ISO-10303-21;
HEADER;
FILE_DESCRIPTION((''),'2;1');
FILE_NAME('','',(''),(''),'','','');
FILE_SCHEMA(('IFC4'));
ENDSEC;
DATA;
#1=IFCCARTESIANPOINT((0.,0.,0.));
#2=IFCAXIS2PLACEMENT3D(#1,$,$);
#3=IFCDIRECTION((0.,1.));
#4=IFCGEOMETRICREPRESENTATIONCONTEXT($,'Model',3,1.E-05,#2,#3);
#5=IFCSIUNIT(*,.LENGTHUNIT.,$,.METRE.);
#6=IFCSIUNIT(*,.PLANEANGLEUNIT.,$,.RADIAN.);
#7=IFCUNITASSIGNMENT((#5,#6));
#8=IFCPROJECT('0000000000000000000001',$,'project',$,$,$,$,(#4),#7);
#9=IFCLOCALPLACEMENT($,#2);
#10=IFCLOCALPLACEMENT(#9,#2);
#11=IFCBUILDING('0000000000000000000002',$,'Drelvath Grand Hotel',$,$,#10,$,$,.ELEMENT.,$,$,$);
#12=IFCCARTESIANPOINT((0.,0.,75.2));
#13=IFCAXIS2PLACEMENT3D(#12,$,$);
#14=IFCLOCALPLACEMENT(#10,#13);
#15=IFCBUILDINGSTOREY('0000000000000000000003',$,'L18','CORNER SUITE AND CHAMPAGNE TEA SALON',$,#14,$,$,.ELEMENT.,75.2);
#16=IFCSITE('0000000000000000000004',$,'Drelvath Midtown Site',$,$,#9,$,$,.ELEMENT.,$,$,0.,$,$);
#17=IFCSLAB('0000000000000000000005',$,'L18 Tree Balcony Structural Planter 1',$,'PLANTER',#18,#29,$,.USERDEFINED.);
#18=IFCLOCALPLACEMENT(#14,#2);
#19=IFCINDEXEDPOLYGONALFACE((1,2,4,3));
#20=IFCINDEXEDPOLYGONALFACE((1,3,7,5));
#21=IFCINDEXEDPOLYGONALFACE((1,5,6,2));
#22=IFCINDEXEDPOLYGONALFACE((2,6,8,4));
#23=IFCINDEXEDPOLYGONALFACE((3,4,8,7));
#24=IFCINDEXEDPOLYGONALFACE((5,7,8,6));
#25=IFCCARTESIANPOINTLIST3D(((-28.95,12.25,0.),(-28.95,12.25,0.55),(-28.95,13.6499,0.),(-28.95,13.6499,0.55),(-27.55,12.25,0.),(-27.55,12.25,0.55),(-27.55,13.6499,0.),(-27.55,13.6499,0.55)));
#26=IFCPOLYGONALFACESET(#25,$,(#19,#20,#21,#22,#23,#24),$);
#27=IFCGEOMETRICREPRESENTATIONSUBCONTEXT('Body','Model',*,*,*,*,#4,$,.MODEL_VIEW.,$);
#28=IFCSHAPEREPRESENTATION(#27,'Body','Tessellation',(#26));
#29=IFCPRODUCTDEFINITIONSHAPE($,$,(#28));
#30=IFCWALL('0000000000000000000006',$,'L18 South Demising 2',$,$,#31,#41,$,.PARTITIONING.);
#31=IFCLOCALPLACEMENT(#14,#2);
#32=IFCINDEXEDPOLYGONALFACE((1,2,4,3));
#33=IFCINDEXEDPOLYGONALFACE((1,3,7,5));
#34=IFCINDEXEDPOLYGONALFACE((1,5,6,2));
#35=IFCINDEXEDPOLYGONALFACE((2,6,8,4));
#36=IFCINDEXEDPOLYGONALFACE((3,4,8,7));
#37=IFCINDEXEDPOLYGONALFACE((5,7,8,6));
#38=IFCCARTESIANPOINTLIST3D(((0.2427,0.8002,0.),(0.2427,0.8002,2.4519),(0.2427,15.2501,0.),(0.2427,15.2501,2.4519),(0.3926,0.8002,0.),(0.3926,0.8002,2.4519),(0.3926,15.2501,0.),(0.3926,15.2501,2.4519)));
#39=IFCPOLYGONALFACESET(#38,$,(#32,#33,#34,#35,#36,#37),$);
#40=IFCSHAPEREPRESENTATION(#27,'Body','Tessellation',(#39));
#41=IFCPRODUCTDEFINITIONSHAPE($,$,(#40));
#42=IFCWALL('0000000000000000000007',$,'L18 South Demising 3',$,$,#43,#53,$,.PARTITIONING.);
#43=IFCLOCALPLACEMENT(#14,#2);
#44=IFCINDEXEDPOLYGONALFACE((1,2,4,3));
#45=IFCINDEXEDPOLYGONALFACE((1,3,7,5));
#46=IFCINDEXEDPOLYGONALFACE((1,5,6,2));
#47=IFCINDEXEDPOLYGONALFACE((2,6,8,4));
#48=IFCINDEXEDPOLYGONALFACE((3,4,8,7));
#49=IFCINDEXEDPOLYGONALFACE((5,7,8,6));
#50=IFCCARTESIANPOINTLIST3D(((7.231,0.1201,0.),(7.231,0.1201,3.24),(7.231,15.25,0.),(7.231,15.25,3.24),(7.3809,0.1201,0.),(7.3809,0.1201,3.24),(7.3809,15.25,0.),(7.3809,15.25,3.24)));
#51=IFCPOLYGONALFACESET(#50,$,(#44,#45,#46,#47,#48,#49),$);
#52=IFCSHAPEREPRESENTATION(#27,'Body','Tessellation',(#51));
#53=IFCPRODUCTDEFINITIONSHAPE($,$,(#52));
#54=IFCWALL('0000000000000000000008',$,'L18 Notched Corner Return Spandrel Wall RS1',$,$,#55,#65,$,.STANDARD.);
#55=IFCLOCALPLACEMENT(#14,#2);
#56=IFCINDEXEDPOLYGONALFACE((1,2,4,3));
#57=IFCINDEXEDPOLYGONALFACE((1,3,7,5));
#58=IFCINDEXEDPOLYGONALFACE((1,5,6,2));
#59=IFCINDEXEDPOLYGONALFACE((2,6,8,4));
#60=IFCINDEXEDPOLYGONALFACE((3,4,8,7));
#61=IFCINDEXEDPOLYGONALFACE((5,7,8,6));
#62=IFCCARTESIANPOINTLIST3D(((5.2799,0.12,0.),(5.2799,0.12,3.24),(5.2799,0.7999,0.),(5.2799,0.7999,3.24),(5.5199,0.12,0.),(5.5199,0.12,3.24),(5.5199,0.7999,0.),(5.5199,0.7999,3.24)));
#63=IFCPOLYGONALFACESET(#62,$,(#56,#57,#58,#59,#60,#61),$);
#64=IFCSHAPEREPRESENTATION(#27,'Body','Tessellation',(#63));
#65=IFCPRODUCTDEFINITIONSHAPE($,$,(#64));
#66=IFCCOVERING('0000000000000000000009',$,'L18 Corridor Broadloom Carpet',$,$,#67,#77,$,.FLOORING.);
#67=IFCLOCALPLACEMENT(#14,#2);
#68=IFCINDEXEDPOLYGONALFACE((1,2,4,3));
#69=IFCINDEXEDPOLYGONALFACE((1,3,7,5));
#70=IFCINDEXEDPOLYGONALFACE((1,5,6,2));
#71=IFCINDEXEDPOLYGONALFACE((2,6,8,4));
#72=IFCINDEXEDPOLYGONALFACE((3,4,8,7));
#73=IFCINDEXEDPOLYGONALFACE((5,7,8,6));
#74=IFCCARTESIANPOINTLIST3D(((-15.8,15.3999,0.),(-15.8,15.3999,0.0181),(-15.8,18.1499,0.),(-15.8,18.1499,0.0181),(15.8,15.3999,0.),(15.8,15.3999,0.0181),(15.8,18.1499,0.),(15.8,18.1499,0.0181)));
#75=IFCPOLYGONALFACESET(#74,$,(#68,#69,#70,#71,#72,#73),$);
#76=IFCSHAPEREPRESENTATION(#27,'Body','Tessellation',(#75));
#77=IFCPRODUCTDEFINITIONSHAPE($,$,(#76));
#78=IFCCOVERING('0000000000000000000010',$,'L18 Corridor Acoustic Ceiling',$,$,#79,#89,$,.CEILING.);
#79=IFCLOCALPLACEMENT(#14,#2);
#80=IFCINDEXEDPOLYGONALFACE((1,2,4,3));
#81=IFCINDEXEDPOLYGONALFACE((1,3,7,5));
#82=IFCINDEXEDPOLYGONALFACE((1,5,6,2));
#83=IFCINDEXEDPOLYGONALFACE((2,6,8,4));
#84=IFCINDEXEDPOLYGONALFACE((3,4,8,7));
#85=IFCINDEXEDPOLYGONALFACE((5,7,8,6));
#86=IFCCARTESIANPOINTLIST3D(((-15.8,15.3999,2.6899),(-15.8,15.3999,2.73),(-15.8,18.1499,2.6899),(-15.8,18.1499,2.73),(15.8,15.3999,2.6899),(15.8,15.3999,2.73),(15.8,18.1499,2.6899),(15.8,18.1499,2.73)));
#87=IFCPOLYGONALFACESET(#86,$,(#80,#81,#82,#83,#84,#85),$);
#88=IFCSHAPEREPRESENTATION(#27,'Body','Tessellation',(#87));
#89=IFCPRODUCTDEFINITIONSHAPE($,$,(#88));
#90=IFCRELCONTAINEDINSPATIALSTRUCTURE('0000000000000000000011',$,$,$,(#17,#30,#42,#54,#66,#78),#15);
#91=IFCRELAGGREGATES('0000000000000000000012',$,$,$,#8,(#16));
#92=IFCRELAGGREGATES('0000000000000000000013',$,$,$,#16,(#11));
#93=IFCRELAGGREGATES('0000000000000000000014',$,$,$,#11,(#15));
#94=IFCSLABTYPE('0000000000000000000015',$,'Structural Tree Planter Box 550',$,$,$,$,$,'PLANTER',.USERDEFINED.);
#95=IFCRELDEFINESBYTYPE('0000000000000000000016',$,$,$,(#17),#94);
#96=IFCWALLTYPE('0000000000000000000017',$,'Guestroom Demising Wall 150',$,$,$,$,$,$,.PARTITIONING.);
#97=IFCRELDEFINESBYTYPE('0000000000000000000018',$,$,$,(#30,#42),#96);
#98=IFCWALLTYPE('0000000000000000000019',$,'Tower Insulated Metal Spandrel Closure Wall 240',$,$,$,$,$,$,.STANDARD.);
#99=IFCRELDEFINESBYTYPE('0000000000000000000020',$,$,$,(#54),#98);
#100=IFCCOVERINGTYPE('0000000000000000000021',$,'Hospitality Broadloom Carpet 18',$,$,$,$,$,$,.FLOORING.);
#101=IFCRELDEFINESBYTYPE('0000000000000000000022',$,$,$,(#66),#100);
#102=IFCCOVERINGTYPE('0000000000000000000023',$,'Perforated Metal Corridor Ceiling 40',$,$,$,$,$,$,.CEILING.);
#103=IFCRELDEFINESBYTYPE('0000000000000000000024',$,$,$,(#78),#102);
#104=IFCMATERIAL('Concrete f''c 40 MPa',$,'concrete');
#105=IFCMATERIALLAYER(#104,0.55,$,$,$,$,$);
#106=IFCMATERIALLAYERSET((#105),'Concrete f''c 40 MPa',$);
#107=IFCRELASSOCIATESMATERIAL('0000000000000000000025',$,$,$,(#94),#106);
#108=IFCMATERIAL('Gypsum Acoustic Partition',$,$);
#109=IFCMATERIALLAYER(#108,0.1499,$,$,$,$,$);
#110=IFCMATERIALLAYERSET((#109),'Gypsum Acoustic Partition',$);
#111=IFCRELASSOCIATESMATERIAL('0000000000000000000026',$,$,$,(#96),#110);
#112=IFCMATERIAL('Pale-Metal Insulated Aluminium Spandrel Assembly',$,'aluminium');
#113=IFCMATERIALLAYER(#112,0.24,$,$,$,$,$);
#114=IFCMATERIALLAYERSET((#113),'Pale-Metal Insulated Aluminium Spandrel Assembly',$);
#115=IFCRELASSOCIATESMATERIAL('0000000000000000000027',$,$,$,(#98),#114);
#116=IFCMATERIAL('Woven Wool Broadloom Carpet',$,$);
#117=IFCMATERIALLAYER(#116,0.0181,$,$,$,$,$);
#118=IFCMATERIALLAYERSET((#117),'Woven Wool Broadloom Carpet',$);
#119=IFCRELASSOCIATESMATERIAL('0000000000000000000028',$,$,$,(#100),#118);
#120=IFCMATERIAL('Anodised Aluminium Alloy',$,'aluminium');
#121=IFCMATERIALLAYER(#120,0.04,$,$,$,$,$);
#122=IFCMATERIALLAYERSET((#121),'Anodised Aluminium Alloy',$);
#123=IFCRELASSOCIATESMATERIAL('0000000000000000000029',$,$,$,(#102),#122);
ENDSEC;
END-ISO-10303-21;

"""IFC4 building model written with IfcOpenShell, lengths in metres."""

from ifc_helpers import new_model, si_unit, direction, frame, frame_2d, origin, place, context, subcontext, project, spatial, polyline, rectangle, outline, extrude, material, layer, layer_set, type_object, element, save


model = new_model("IFC4")

# Units and contexts
model_context = context("Model", 3, precision=1e-05, world=origin(), true_north=direction((0.0, 1.0)))
body_context = subcontext(model_context, "Body", "Model", "MODEL_VIEW")
ifc_project = project(units=[si_unit("LENGTHUNIT", "METRE"), si_unit("PLANEANGLEUNIT", "RADIAN")], contexts=[model_context])

# Site, building, storey
site_placement = place(None, origin())
site = spatial("IfcSite", under=ifc_project, at=site_placement, Name="Drelvath Midtown Site", CompositionType="ELEMENT", RefElevation=0.0)
building_placement = place(site_placement, origin())
building = spatial("IfcBuilding", under=site, at=building_placement, Name="Drelvath Grand Hotel", CompositionType="ELEMENT")
storey_placement = place(building_placement, frame((0.0, 0.0, 75.2)))
storey = spatial("IfcBuildingStorey", under=building, at=storey_placement, Name="L18", Description="CORNER SUITE AND CHAMPAGNE TEA SALON", CompositionType="ELEMENT", Elevation=75.2)

# Shared definitions
ifc_material_1 = material(Name="Concrete f'c 40 MPa", Category="concrete")

# Slab
ifc_layer_1 = layer(ifc_material_1, 0.55)
ifc_layer_set_1 = layer_set([ifc_layer_1], Name="Concrete f'c 40 MPa")
slab_type_1 = type_object("IfcSlabType", Name="Structural Tree Planter Box 550", ElementType="PLANTER", PredefinedType="USERDEFINED", material=ifc_layer_set_1)
slab_1_placement = place(storey_placement, origin())
element("IfcSlab", 1, at=slab_1_placement, inside=storey, type_object=slab_type_1, Name="L18 Tree Balcony Structural Planter 1", ObjectType="PLANTER", PredefinedType="USERDEFINED", context=body_context, shape_type="SweptSolid", body=[
    extrude(outline(polyline([(-28.95, 12.25), (-27.55, 12.25), (-27.55, 13.6499), (-28.95, 13.6499), (-28.95, 12.25)])), origin(), (0.0, 0.0, 1.0), 0.55),
])

# Walls
ifc_material_2 = material(Name="Gypsum Acoustic Partition")
ifc_layer_2 = layer(ifc_material_2, 0.1499)
ifc_layer_set_2 = layer_set([ifc_layer_2], Name="Gypsum Acoustic Partition")
wall_type_1 = type_object("IfcWallType", Name="Guestroom Demising Wall 150", PredefinedType="PARTITIONING", material=ifc_layer_set_2)
wall_1_placement = place(storey_placement, frame((0.3176, 0.8, 0.0), z_axis=(0.0, 0.0, 1.0), x_axis=(0.0, 1.0, 0.0)))
element("IfcWall", 2, at=wall_1_placement, inside=storey, type_object=wall_type_1, Name="L18 South Demising 2", PredefinedType="PARTITIONING", context=body_context, shape_type="SweptSolid", body=[
    extrude(rectangle(XDim=14.45, YDim=0.1499, at=frame_2d((7.2251, 0.0))), origin(), (0.0, 0.0, 1.0), 2.4519),
])
wall_2_placement = place(storey_placement, frame((7.3059, 0.1201, 0.0), z_axis=(0.0, 0.0, 1.0), x_axis=(0.0, 1.0, 0.0)))
element("IfcWall", 3, at=wall_2_placement, inside=storey, type_object=wall_type_1, Name="L18 South Demising 3", PredefinedType="PARTITIONING", context=body_context, shape_type="SweptSolid", body=[
    extrude(rectangle(XDim=15.1299, YDim=0.1499, at=frame_2d((7.5649, 0.0))), origin(), (0.0, 0.0, 1.0), 3.24),
])
ifc_material_3 = material(Name="Pale-Metal Insulated Aluminium Spandrel Assembly", Category="aluminium")
ifc_layer_3 = layer(ifc_material_3, 0.24)
ifc_layer_set_3 = layer_set([ifc_layer_3], Name="Pale-Metal Insulated Aluminium Spandrel Assembly")
wall_type_2 = type_object("IfcWallType", Name="Tower Insulated Metal Spandrel Closure Wall 240", PredefinedType="STANDARD", material=ifc_layer_set_3)
wall_3_placement = place(storey_placement, frame((5.3999, 0.1201, 0.0), z_axis=(0.0, 0.0, 1.0), x_axis=(0.0, 1.0, 0.0)))
element("IfcWall", 4, at=wall_3_placement, inside=storey, type_object=wall_type_2, Name="L18 Notched Corner Return Spandrel Wall RS1", PredefinedType="STANDARD", context=body_context, shape_type="SweptSolid", body=[
    extrude(rectangle(XDim=0.6799, YDim=0.24, at=frame_2d((0.3398, 0.0))), origin(), (0.0, 0.0, 1.0), 3.24),
])

# Coverings
ifc_material_4 = material(Name="Woven Wool Broadloom Carpet")
ifc_layer_4 = layer(ifc_material_4, 0.0181)
ifc_layer_set_4 = layer_set([ifc_layer_4], Name="Woven Wool Broadloom Carpet")
covering_type_1 = type_object("IfcCoveringType", Name="Hospitality Broadloom Carpet 18", PredefinedType="FLOORING", material=ifc_layer_set_4)
covering_1_placement = place(storey_placement, origin())
element("IfcCovering", 5, at=covering_1_placement, inside=storey, type_object=covering_type_1, Name="L18 Corridor Broadloom Carpet", PredefinedType="FLOORING", context=body_context, shape_type="SweptSolid", body=[
    extrude(outline(polyline([(15.8, 15.3999), (15.8, 18.1499), (-15.8, 18.1499), (-15.8, 15.3999), (15.8, 15.3999)])), origin(), (0.0, 0.0, 1.0), 0.0181),
])
ifc_material_5 = material(Name="Anodised Aluminium Alloy", Category="aluminium")
ifc_layer_5 = layer(ifc_material_5, 0.04)
ifc_layer_set_5 = layer_set([ifc_layer_5], Name="Anodised Aluminium Alloy")
covering_type_2 = type_object("IfcCoveringType", Name="Perforated Metal Corridor Ceiling 40", PredefinedType="CEILING", material=ifc_layer_set_5)
covering_2_placement = place(storey_placement, frame((0.0, 0.0, 2.6899)))
element("IfcCovering", 6, at=covering_2_placement, inside=storey, type_object=covering_type_2, Name="L18 Corridor Acoustic Ceiling", PredefinedType="CEILING", context=body_context, shape_type="SweptSolid", body=[
    extrude(outline(polyline([(15.8, 15.3999), (15.8, 18.1499), (-15.8, 18.1499), (-15.8, 15.3999), (15.8, 15.3999)])), origin(), (0.0, 0.0, 1.0), 0.04),
])

save(model, "model.ifc")
